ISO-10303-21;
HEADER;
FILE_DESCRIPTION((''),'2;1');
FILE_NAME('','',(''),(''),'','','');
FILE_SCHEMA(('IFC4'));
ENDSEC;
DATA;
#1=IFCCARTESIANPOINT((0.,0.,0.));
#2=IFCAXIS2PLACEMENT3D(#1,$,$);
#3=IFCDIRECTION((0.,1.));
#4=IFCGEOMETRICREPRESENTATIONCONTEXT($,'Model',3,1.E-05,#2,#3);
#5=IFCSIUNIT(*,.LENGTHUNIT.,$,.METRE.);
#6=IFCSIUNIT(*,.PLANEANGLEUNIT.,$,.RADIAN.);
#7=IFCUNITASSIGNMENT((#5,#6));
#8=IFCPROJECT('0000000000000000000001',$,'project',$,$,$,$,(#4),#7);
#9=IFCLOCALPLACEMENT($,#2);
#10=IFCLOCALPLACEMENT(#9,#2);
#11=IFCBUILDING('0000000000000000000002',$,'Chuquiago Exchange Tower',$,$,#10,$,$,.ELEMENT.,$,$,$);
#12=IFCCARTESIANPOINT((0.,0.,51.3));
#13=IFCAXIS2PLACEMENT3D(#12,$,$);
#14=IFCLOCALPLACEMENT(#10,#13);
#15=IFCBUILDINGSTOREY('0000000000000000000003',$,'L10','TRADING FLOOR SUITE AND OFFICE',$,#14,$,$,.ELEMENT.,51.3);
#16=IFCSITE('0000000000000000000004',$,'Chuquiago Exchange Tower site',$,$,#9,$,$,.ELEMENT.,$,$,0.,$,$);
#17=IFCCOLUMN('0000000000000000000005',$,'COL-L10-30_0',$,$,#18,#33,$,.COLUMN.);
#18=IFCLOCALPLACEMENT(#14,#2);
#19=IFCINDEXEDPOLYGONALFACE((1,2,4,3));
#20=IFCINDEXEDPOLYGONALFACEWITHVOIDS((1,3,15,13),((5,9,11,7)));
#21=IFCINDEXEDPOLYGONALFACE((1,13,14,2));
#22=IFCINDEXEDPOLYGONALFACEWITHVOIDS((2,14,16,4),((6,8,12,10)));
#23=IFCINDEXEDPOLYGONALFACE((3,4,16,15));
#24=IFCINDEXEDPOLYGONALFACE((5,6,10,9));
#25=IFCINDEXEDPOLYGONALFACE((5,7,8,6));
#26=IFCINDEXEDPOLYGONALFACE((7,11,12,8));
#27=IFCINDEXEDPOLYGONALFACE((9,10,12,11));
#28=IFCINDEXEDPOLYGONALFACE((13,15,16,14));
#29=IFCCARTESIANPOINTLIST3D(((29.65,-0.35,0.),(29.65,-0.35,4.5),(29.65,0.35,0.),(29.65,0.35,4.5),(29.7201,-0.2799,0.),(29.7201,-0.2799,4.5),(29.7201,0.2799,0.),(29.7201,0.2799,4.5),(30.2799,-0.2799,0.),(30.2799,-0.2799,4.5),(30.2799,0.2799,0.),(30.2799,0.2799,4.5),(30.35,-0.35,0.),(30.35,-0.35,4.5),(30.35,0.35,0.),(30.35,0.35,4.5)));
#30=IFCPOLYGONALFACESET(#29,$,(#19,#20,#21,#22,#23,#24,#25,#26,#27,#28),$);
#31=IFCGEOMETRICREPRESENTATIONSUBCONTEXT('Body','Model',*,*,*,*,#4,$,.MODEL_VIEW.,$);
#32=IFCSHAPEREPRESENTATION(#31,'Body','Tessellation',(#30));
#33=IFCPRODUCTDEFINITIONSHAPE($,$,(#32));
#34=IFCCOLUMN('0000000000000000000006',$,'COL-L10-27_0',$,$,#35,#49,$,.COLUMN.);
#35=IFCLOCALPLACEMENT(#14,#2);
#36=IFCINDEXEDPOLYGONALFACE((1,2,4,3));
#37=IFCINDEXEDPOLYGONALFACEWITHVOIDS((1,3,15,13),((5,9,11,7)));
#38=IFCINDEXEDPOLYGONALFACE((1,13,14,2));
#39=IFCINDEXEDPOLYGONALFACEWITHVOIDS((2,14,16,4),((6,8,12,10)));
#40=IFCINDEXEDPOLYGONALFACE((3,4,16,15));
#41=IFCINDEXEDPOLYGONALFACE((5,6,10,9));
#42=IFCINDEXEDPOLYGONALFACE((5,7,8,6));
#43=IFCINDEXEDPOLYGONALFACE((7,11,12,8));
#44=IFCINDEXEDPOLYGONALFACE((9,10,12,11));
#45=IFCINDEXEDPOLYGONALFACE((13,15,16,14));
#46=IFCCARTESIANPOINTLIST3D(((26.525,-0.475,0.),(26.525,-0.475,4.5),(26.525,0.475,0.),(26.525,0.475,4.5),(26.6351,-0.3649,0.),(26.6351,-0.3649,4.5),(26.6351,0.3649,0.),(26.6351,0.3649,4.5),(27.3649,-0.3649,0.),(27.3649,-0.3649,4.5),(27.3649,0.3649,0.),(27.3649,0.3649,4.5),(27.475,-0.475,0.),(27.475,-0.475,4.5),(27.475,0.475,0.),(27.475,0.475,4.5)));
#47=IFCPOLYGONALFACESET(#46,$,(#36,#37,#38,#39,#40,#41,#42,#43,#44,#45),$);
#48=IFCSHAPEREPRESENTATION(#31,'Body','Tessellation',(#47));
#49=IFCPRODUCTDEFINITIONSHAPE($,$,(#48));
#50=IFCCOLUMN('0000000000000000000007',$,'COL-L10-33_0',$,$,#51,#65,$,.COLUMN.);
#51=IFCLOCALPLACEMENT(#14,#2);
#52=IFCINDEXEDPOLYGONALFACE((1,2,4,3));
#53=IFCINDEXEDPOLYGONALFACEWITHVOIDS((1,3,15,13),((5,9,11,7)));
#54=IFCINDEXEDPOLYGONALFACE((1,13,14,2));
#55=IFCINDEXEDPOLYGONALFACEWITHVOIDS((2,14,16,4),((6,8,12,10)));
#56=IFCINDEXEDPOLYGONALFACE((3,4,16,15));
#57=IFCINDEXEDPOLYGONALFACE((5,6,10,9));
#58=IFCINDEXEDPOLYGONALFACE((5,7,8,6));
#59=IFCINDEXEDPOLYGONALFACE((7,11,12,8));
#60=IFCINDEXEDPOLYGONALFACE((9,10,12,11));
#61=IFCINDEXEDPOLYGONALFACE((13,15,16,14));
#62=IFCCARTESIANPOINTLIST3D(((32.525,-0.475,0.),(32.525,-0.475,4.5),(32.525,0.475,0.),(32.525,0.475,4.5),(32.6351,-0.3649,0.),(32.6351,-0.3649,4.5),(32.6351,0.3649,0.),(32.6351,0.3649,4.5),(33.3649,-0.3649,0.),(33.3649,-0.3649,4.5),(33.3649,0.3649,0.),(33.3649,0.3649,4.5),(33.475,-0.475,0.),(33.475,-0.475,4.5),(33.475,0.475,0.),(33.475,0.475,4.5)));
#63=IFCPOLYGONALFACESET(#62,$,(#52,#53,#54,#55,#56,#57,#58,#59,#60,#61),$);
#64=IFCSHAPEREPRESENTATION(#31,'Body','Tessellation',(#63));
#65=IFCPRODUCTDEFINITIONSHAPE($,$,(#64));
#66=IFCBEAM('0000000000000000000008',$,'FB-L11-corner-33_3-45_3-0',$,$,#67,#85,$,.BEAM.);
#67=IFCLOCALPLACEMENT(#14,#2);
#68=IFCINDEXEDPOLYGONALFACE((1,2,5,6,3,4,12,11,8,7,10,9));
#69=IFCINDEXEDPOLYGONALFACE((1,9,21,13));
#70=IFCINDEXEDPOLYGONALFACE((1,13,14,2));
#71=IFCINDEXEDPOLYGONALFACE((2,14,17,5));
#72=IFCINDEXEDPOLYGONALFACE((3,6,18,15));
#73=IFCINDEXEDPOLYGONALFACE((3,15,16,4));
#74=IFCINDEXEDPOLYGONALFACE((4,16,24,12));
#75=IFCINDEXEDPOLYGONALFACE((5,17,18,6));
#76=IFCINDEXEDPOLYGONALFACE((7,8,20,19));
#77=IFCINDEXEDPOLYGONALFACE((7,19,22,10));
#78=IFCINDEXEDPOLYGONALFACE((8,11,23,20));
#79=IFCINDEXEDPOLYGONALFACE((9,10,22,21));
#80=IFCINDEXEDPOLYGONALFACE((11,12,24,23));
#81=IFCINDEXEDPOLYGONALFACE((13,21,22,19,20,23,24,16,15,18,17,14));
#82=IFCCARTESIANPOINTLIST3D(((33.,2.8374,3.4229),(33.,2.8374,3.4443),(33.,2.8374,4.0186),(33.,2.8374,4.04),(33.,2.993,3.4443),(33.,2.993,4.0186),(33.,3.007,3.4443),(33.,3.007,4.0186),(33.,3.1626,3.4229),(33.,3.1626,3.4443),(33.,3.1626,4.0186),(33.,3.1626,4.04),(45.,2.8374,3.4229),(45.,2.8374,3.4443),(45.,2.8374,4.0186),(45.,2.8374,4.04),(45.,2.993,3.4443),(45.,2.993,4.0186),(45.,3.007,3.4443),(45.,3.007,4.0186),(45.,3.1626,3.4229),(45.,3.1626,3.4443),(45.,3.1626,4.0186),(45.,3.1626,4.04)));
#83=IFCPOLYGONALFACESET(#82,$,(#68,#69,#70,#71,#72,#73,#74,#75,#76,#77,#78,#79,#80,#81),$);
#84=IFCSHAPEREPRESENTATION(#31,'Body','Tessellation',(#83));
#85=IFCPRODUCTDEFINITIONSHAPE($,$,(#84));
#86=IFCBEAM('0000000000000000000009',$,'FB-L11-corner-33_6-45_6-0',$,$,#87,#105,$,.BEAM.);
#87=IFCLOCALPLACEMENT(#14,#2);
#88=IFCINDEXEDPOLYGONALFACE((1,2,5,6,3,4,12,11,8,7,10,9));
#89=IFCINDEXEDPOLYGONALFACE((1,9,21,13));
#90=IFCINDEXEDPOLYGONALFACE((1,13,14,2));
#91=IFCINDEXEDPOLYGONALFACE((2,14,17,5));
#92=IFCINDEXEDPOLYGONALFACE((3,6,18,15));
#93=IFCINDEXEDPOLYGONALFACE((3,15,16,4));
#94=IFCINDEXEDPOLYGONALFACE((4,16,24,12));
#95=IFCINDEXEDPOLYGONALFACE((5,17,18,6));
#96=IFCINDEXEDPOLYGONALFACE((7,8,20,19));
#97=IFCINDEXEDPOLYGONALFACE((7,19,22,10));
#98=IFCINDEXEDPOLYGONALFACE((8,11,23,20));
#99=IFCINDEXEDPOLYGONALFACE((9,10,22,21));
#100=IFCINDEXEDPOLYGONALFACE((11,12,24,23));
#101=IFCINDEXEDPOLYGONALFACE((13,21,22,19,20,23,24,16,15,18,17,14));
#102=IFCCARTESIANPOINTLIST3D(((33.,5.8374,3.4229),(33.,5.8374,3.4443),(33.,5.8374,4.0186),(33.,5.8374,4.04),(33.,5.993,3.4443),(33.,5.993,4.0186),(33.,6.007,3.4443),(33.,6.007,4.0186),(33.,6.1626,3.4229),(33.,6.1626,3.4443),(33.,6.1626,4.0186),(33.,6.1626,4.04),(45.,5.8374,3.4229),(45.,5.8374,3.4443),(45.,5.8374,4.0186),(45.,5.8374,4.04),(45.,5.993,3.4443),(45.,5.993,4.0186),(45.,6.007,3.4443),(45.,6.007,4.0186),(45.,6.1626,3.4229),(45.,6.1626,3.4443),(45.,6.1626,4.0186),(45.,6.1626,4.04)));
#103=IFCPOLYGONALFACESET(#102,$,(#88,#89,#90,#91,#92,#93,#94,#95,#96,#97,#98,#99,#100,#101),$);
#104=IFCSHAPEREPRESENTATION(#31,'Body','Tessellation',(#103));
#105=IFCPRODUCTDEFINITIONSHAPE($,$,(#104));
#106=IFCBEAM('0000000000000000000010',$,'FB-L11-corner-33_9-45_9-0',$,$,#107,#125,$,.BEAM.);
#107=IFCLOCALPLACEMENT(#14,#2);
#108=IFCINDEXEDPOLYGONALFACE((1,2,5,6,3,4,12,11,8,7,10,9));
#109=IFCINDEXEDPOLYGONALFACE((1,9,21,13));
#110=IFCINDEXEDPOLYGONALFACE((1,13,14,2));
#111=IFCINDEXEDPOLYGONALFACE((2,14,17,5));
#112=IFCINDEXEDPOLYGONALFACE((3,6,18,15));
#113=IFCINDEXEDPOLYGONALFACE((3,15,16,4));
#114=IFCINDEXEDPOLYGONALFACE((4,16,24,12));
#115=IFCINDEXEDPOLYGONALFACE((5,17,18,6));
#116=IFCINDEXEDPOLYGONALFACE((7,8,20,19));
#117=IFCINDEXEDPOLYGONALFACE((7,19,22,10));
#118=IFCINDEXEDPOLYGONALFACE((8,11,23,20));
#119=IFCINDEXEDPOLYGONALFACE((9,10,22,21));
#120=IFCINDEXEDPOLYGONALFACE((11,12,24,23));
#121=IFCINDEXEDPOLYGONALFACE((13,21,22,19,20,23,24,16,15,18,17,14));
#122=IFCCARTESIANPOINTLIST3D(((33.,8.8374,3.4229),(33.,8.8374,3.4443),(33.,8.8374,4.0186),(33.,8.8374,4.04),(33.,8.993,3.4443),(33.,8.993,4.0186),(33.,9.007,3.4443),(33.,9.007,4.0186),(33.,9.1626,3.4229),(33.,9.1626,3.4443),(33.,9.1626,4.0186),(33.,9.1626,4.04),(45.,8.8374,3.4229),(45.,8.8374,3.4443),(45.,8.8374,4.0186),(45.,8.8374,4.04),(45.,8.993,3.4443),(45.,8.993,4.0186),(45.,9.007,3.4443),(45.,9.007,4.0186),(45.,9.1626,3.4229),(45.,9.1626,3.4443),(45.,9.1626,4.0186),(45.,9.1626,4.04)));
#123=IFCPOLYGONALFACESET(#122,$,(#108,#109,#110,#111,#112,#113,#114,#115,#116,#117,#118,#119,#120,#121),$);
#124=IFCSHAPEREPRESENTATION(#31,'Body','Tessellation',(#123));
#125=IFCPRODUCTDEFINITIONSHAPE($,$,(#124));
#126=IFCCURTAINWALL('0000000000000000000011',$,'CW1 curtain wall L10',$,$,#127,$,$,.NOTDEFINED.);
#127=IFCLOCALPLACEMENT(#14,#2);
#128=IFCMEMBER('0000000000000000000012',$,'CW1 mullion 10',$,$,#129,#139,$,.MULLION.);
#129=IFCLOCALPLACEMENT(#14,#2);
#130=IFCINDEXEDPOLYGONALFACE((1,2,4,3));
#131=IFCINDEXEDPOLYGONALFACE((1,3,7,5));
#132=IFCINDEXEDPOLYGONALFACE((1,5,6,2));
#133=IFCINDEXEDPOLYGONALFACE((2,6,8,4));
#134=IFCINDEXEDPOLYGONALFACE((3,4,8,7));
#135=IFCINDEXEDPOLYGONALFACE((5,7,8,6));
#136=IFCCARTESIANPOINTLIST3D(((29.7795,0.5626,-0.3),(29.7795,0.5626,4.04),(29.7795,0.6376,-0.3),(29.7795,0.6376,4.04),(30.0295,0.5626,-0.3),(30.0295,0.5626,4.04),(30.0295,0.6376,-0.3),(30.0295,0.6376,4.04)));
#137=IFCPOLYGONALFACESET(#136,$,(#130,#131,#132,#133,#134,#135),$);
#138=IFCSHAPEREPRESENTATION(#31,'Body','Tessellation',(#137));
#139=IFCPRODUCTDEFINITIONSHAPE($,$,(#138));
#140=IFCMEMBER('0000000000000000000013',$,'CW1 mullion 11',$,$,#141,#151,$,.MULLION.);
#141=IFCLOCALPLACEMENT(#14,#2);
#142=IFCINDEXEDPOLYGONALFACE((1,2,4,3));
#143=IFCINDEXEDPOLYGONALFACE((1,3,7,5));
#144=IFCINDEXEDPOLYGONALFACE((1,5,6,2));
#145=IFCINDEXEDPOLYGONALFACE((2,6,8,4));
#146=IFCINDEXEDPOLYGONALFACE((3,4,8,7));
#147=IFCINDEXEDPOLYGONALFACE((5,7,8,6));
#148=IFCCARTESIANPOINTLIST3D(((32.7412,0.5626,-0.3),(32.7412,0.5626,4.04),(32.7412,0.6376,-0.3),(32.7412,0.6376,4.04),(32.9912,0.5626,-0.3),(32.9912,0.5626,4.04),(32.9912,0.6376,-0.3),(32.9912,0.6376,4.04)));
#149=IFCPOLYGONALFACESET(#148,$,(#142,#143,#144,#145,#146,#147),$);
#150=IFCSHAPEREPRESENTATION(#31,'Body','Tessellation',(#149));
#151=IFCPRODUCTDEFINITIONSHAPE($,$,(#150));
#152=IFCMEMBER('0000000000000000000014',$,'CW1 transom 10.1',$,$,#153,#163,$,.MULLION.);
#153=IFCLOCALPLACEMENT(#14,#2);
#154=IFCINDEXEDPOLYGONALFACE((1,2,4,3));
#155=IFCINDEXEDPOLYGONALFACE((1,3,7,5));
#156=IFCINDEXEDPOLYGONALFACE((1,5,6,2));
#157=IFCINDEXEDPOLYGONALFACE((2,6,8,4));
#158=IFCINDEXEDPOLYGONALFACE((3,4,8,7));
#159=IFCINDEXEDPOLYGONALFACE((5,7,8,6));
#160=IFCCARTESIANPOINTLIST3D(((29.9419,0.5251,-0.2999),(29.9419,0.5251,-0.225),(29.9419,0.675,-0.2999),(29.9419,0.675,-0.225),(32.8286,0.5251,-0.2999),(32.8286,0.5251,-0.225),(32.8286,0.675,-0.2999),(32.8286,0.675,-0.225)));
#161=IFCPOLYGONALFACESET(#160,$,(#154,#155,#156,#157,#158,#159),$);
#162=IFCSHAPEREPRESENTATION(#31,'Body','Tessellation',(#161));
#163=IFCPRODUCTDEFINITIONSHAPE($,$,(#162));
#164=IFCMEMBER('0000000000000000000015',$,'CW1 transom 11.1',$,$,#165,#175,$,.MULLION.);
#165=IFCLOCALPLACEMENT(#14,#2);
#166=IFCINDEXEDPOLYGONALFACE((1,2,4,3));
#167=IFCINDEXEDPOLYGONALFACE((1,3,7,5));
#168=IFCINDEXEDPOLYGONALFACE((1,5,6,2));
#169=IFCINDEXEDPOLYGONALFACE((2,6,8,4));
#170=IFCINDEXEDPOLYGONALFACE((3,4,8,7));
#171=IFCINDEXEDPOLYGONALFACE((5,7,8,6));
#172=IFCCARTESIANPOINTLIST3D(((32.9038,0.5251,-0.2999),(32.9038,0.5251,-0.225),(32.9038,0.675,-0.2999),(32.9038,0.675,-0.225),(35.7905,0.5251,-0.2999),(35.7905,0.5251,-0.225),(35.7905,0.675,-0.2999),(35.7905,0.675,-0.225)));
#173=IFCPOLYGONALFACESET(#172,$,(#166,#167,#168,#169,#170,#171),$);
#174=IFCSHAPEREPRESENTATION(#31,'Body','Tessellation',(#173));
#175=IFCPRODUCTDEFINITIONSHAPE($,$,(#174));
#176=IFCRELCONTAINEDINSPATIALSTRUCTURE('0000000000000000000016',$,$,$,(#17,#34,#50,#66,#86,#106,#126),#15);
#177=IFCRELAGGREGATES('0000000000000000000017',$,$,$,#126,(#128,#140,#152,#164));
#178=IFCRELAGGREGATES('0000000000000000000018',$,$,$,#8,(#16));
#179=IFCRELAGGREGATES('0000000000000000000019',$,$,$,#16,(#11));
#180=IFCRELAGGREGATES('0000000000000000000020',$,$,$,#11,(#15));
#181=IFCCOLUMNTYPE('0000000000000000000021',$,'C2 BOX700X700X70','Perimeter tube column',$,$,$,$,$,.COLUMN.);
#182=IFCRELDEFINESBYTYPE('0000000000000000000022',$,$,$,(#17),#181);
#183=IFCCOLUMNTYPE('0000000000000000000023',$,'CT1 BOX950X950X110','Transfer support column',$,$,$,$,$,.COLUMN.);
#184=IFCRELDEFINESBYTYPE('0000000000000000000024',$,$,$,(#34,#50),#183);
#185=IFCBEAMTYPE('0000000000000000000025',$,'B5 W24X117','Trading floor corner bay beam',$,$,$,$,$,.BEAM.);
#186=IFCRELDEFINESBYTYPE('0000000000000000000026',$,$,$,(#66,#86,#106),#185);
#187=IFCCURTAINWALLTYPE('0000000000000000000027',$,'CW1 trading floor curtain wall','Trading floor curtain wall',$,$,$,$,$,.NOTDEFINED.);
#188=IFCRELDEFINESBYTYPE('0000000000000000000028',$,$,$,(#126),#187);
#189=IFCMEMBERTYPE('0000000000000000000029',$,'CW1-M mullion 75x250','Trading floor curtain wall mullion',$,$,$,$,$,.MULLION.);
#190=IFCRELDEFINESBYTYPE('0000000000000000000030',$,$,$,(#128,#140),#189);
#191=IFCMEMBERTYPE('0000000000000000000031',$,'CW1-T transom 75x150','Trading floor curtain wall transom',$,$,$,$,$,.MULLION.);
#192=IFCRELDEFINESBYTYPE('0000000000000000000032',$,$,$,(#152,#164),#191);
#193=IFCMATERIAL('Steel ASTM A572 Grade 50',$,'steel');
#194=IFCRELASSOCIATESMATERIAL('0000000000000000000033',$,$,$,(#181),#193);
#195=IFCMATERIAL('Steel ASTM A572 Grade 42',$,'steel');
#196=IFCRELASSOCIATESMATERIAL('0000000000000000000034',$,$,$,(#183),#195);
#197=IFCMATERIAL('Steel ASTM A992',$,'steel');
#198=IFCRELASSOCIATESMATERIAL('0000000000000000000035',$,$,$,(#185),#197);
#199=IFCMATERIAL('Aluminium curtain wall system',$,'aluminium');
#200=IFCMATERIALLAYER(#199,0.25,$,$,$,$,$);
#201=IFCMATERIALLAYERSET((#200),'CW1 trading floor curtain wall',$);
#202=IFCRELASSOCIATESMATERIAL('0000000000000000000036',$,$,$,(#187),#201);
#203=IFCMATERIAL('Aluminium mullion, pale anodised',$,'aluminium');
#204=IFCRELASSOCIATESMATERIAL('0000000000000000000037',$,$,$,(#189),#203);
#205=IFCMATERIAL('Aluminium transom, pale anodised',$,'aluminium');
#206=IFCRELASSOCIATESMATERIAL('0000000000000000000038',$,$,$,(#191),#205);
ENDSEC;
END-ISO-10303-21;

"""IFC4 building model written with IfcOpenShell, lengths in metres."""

from ifc_helpers import new_model, si_unit, direction, frame, origin, origin_2d, place, context, subcontext, project, spatial, rectangle, hollow_rectangle, i_section, extrude, material, layer, layer_set, material_profile, profile_set, type_object, element, aggregate, save


model = new_model("IFC4")

# Units and contexts
model_context = context("Model", 3, precision=1e-05, world=origin(), true_north=direction((0.0, 1.0)))
body_context = subcontext(model_context, "Body", "Model", "MODEL_VIEW")
ifc_project = project(units=[si_unit("LENGTHUNIT", "METRE"), si_unit("PLANEANGLEUNIT", "RADIAN")], contexts=[model_context])

# Site, building, storey
site_placement = place(None, origin())
site = spatial("IfcSite", under=ifc_project, at=site_placement, Name="Chuquiago Exchange Tower site", CompositionType="ELEMENT", RefElevation=0.0)
building_placement = place(site_placement, origin())
building = spatial("IfcBuilding", under=site, at=building_placement, Name="Chuquiago Exchange Tower", CompositionType="ELEMENT")
storey_placement = place(building_placement, frame((0.0, 0.0, 51.3)))
storey = spatial("IfcBuildingStorey", under=building, at=storey_placement, Name="L10", Description="TRADING FLOOR SUITE AND OFFICE", CompositionType="ELEMENT", Elevation=51.3)

# Columns
ifc_material_1 = material(Name="Steel ASTM A572 Grade 50", Category="steel")
ifc_material_profile_1 = material_profile(ifc_material_1, hollow_rectangle(XDim=0.7, YDim=0.7, WallThickness=0.0701, at=origin_2d()), Name="BOX700X700X70")
ifc_profile_set_1 = profile_set([ifc_material_profile_1], Name="Steel ASTM A572 Grade 50")
column_type_1 = type_object("IfcColumnType", Name="C2 BOX700X700X70", Description="Perimeter tube column", PredefinedType="COLUMN", material=ifc_profile_set_1)
column_placement = place(storey_placement, frame((30.0, 0.0, 0.0), z_axis=(0.0, 0.0, 1.0), x_axis=(0.0, -1.0, 0.0)))
element("IfcColumn", 1, at=column_placement, inside=storey, type_object=column_type_1, Name="COL-L10-30_0", PredefinedType="COLUMN", context=body_context, shape_type="SweptSolid", body=[
    extrude(hollow_rectangle(XDim=0.7, YDim=0.7, WallThickness=0.0701, at=origin_2d()), origin(), (0.0, 0.0, 1.0), 4.5),
])
ifc_material_2 = material(Name="Steel ASTM A572 Grade 42", Category="steel")
ifc_material_profile_2 = material_profile(ifc_material_2, hollow_rectangle(XDim=0.95, YDim=0.95, WallThickness=0.1101, at=origin_2d()), Name="BOX950X950X110")
ifc_profile_set_2 = profile_set([ifc_material_profile_2], Name="Steel ASTM A572 Grade 42")
column_type_2 = type_object("IfcColumnType", Name="CT1 BOX950X950X110", Description="Transfer support column", PredefinedType="COLUMN", material=ifc_profile_set_2)
for number, where, z_axis, x_axis, name in (
    (2, (27.0, 0.0, 0.0), (0.0, 0.0, 1.0), (0.0, -1.0, 0.0), "COL-L10-27_0"),
    (3, (33.0, 0.0, 0.0), (0.0, 0.0, 1.0), (0.0, -1.0, 0.0), "COL-L10-33_0"),
):
    element("IfcColumn", number, at=place(storey_placement, frame(where, z_axis=z_axis, x_axis=x_axis)), inside=storey, type_object=column_type_2, Name=name, PredefinedType="COLUMN", context=body_context, shape_type="SweptSolid", body=[
        extrude(hollow_rectangle(XDim=0.95, YDim=0.95, WallThickness=0.1101, at=origin_2d()), origin(), (0.0, 0.0, 1.0), 4.5),
    ])

# Beams
ifc_material_3 = material(Name="Steel ASTM A992", Category="steel")
ifc_material_profile_3 = material_profile(ifc_material_3, i_section(OverallWidth=0.3252, OverallDepth=0.6172, WebThickness=0.0139, FlangeThickness=0.0215, at=origin_2d()), Name="W24X117")
ifc_profile_set_3 = profile_set([ifc_material_profile_3], Name="Steel ASTM A992")
beam_type_1 = type_object("IfcBeamType", Name="B5 W24X117", Description="Trading floor corner bay beam", PredefinedType="BEAM", material=ifc_profile_set_3)
for number, where, z_axis, x_axis, name in (
    (4, (33.0, 3.0, 3.7314), (1.0, 0.0, 0.0), (0.0, 1.0, 0.0), "FB-L11-corner-33_3-45_3-0"),
    (5, (33.0, 6.0, 3.7314), (1.0, 0.0, 0.0), (0.0, 1.0, 0.0), "FB-L11-corner-33_6-45_6-0"),
    (6, (33.0, 9.0, 3.7314), (1.0, 0.0, 0.0), (0.0, 1.0, 0.0), "FB-L11-corner-33_9-45_9-0"),
):
    element("IfcBeam", number, at=place(storey_placement, frame(where, z_axis=z_axis, x_axis=x_axis)), inside=storey, type_object=beam_type_1, Name=name, PredefinedType="BEAM", context=body_context, shape_type="SweptSolid", body=[
        extrude(i_section(OverallWidth=0.3252, OverallDepth=0.6172, WebThickness=0.0139, FlangeThickness=0.0215, at=origin_2d()), origin(), (0.0, 0.0, 1.0), 12.0),
    ])

# Curtain wall, members
ifc_material_4 = material(Name="Aluminium curtain wall system", Category="aluminium")
ifc_layer_1 = layer(ifc_material_4, 0.25)
ifc_layer_set_1 = layer_set([ifc_layer_1], Name="CW1 trading floor curtain wall")
curtain_wall_type = type_object("IfcCurtainWallType", Name="CW1 trading floor curtain wall", Description="Trading floor curtain wall", PredefinedType="NOTDEFINED", material=ifc_layer_set_1)
curtain_wall_placement = place(storey_placement, origin())
curtain_wall = element("IfcCurtainWall", 7, at=curtain_wall_placement, inside=storey, type_object=curtain_wall_type, Name="CW1 curtain wall L10", PredefinedType="NOTDEFINED")
ifc_material_5 = material(Name="Aluminium mullion, pale anodised", Category="aluminium")
ifc_material_profile_4 = material_profile(ifc_material_5, rectangle(XDim=0.075, YDim=0.25, at=origin_2d()), Name="AL 75x250")
ifc_profile_set_4 = profile_set([ifc_material_profile_4], Name="Aluminium mullion, pale anodised")
member_type_1 = type_object("IfcMemberType", Name="CW1-M mullion 75x250", Description="Trading floor curtain wall mullion", PredefinedType="MULLION", material=ifc_profile_set_4)
member_1_placement = place(storey_placement, frame((29.9045, 0.6001, -0.3), z_axis=(0.0, 0.0, 1.0), x_axis=(0.0, 1.0, 0.0)))
member_1 = element("IfcMember", 8, at=member_1_placement, type_object=member_type_1, Name="CW1 mullion 10", PredefinedType="MULLION", context=body_context, shape_type="SweptSolid", body=[
    extrude(rectangle(XDim=0.075, YDim=0.25, at=origin_2d()), origin(), (0.0, 0.0, 1.0), 4.3401),
])
member_2_placement = place(storey_placement, frame((32.8662, 0.6001, -0.3), z_axis=(0.0, 0.0, 1.0), x_axis=(0.0, 1.0, 0.0)))
member_2 = element("IfcMember", 9, at=member_2_placement, type_object=member_type_1, Name="CW1 mullion 11", PredefinedType="MULLION", context=body_context, shape_type="SweptSolid", body=[
    extrude(rectangle(XDim=0.075, YDim=0.25, at=origin_2d()), origin(), (0.0, 0.0, 1.0), 4.3401),
])
ifc_material_6 = material(Name="Aluminium transom, pale anodised", Category="aluminium")
ifc_material_profile_5 = material_profile(ifc_material_6, rectangle(XDim=0.1499, YDim=0.075, at=origin_2d()), Name="AL 150x75")
ifc_profile_set_5 = profile_set([ifc_material_profile_5], Name="Aluminium transom, pale anodised")
member_type_2 = type_object("IfcMemberType", Name="CW1-T transom 75x150", Description="Trading floor curtain wall transom", PredefinedType="MULLION", material=ifc_profile_set_5)
member_3_placement = place(storey_placement, frame((29.9419, 0.6001, -0.2625), z_axis=(1.0, 0.0, 0.0), x_axis=(0.0, 1.0, 0.0)))
member_3 = element("IfcMember", 10, at=member_3_placement, type_object=member_type_2, Name="CW1 transom 10.1", PredefinedType="MULLION", context=body_context, shape_type="SweptSolid", body=[
    extrude(rectangle(XDim=0.1499, YDim=0.075, at=origin_2d()), origin(), (0.0, 0.0, 1.0), 2.8867),
])
member_4_placement = place(storey_placement, frame((32.9038, 0.6001, -0.2625), z_axis=(1.0, 0.0, 0.0), x_axis=(0.0, 1.0, 0.0)))
member_4 = element("IfcMember", 11, at=member_4_placement, type_object=member_type_2, Name="CW1 transom 11.1", PredefinedType="MULLION", context=body_context, shape_type="SweptSolid", body=[
    extrude(rectangle(XDim=0.1499, YDim=0.075, at=origin_2d()), origin(), (0.0, 0.0, 1.0), 2.8867),
])

aggregate(curtain_wall, [member_1, member_2, member_3, member_4])

save(model, "model.ifc")
